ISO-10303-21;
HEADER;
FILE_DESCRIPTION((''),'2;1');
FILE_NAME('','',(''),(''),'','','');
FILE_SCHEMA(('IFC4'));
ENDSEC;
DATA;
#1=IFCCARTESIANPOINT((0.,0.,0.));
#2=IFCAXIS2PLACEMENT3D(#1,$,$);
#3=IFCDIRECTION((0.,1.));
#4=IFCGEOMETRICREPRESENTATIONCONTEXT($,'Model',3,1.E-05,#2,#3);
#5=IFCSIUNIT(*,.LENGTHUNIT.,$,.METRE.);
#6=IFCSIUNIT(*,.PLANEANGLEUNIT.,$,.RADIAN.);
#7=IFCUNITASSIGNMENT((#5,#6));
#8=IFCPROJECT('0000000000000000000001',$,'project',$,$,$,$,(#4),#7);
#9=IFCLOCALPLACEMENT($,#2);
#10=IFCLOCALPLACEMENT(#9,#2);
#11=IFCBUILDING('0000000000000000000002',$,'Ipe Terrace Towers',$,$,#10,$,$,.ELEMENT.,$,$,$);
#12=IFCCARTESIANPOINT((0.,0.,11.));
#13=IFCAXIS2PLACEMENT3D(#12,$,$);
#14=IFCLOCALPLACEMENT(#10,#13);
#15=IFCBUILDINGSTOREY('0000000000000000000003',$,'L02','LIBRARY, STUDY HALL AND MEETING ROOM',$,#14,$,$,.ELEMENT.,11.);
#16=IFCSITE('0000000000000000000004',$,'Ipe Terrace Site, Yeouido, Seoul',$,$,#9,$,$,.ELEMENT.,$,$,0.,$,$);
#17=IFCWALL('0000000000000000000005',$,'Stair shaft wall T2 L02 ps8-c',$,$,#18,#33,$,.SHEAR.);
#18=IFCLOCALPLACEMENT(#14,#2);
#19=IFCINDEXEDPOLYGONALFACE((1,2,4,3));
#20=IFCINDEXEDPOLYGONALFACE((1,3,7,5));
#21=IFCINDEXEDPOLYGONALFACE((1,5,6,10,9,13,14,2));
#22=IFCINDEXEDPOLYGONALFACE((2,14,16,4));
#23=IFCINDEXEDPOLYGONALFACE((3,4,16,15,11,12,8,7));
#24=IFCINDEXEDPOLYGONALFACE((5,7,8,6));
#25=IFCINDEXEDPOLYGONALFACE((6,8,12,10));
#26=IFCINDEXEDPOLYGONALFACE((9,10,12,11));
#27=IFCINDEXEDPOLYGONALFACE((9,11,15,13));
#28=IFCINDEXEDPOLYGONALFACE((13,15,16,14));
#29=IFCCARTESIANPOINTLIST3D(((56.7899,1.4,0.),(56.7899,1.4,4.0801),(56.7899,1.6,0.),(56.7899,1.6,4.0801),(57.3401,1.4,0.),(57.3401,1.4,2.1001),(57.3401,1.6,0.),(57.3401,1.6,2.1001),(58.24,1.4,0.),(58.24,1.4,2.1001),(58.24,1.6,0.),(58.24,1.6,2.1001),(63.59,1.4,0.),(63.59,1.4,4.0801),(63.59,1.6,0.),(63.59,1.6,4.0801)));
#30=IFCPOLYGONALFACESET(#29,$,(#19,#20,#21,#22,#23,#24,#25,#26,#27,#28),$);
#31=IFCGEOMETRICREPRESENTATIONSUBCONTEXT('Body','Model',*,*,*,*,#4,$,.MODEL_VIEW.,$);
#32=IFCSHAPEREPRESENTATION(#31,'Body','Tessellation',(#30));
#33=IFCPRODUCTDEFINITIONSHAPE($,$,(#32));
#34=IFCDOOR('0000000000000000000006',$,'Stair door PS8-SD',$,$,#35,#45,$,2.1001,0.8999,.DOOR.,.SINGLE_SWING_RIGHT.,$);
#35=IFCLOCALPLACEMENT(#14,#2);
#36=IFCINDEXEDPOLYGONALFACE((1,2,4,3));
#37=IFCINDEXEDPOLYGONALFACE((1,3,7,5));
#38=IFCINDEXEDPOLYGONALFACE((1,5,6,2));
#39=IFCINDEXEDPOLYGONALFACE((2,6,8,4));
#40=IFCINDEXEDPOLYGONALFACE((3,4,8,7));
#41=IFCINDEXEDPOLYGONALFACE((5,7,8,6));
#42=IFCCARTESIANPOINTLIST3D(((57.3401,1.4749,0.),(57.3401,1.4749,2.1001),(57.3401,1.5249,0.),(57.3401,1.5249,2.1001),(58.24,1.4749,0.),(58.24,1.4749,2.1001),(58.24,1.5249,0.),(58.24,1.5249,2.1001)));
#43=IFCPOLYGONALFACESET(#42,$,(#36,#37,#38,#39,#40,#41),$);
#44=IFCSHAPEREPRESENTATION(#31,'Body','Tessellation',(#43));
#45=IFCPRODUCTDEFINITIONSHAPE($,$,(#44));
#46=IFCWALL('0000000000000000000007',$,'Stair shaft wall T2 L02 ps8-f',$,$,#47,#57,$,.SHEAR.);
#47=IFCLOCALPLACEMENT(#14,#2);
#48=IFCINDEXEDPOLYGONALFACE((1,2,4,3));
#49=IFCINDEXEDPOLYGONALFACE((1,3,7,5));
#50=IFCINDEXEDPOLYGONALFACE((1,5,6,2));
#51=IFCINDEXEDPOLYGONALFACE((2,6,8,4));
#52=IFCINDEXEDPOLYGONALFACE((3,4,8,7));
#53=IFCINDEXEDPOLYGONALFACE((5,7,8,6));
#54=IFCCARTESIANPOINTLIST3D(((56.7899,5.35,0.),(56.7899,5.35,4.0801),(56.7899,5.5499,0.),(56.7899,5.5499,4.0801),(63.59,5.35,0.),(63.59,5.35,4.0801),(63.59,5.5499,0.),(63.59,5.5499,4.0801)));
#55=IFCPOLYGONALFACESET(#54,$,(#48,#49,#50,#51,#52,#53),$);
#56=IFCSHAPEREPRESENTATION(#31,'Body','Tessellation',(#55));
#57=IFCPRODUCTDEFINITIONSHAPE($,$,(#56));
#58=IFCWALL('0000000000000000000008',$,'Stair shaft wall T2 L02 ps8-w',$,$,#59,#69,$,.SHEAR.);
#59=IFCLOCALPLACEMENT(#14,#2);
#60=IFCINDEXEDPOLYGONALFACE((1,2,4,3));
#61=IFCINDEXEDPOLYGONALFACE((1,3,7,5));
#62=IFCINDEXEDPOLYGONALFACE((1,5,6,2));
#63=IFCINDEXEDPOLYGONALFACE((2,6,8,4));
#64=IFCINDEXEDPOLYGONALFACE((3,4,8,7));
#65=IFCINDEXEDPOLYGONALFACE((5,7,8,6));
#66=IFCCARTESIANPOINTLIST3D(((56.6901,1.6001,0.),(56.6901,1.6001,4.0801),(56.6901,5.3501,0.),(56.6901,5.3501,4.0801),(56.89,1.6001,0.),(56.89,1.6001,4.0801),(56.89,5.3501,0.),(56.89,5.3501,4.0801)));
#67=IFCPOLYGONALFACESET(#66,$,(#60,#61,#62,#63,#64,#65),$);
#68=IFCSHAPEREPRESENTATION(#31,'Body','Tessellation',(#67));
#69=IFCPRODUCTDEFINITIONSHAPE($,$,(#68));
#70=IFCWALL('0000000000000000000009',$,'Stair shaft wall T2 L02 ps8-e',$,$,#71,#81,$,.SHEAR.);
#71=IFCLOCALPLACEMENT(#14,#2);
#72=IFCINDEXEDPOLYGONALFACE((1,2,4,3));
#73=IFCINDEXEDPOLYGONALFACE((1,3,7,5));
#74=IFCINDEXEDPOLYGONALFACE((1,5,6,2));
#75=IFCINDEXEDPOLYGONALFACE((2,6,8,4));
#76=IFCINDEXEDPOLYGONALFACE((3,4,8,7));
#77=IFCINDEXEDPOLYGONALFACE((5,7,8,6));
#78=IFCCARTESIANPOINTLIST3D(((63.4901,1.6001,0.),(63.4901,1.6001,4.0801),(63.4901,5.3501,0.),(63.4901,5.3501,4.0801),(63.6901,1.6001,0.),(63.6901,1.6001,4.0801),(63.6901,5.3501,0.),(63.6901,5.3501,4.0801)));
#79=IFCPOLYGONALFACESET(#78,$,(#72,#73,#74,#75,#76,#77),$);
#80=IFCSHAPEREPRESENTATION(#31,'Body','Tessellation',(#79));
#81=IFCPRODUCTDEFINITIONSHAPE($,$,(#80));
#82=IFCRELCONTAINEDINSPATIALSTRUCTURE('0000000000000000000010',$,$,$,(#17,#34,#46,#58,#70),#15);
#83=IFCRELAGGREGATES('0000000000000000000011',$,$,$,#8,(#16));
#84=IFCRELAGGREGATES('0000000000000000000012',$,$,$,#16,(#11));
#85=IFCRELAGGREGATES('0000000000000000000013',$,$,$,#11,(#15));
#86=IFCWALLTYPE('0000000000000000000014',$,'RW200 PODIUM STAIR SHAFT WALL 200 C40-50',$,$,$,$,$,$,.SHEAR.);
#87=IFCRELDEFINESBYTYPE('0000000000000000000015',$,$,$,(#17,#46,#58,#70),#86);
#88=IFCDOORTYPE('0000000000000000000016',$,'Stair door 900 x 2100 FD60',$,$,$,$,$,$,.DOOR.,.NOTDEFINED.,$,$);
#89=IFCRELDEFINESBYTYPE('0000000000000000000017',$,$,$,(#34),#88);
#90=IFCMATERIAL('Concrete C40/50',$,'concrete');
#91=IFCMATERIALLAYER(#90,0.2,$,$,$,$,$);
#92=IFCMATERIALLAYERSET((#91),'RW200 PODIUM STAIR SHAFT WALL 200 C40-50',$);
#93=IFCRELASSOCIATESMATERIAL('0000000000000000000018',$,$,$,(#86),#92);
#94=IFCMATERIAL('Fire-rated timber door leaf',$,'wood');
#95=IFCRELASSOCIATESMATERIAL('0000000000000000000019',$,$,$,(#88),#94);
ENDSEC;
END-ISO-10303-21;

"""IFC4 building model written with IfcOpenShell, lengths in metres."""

from ifc_helpers import new_model, si_unit, direction, frame, frame_2d, origin, place, context, subcontext, project, spatial, rectangle, extrude, material, layer, layer_set, type_object, element, fill, save


model = new_model("IFC4")

# Units and contexts
model_context = context("Model", 3, precision=1e-05, world=origin(), true_north=direction((0.0, 1.0)))
body_context = subcontext(model_context, "Body", "Model", "MODEL_VIEW")
ifc_project = project(units=[si_unit("LENGTHUNIT", "METRE"), si_unit("PLANEANGLEUNIT", "RADIAN")], contexts=[model_context])

# Site, building, storey
site_placement = place(None, origin())
site = spatial("IfcSite", under=ifc_project, at=site_placement, Name="Ipe Terrace Site, Yeouido, Seoul", CompositionType="ELEMENT", RefElevation=0.0)
building_placement = place(site_placement, origin())
building = spatial("IfcBuilding", under=site, at=building_placement, Name="Ipe Terrace Towers", CompositionType="ELEMENT")
storey_placement = place(building_placement, frame((0.0, 0.0, 11.0)))
storey = spatial("IfcBuildingStorey", under=building, at=storey_placement, Name="L02", Description="LIBRARY, STUDY HALL AND MEETING ROOM", CompositionType="ELEMENT", Elevation=11.0)

# Wall, opening, door
ifc_material_1 = material(Name="Concrete C40/50", Category="concrete")
ifc_layer_1 = layer(ifc_material_1, 0.2)
ifc_layer_set_1 = layer_set([ifc_layer_1], Name="RW200 PODIUM STAIR SHAFT WALL 200 C40-50")
wall_type_1 = type_object("IfcWallType", Name="RW200 PODIUM STAIR SHAFT WALL 200 C40-50", PredefinedType="SHEAR", material=ifc_layer_set_1)
wall_1_placement = place(storey_placement, frame((56.79, 1.5, 0.0), z_axis=(0.0, 0.0, 1.0), x_axis=(1.0, 0.0, 0.0)))
wall_1 = element("IfcWall", 1, at=wall_1_placement, inside=storey, type_object=wall_type_1, Name="Stair shaft wall T2 L02 ps8-c", PredefinedType="SHEAR", context=body_context, shape_type="SweptSolid", body=[
    extrude(rectangle(XDim=6.8, YDim=0.2, at=frame_2d((3.3999, 0.0))), origin(), (0.0, 0.0, 1.0), 4.0801),
])
opening_1_placement = place(wall_1_placement, frame((0.55, 0.0, 0.0)))
opening_1 = element("IfcOpeningElement", 2, at=opening_1_placement, cuts=wall_1, PredefinedType="OPENING", context=body_context, shape_type="SweptSolid", body=[
    extrude(rectangle(XDim=0.8999, YDim=2.1001, at=frame_2d((0.45, 1.05))), frame((0.0, 0.1099, 0.0), z_axis=(0.0, -1.0, 0.0), x_axis=(1.0, 0.0, 0.0)), (0.0, 0.0, 1.0), 0.22),
])
ifc_material_2 = material(Name="Fire-rated timber door leaf", Category="wood")
door_type_1 = type_object("IfcDoorType", Name="Stair door 900 x 2100 FD60", OperationType="NOTDEFINED", PredefinedType="DOOR", material=ifc_material_2)
door_1_placement = place(opening_1_placement, origin())
door_1 = element("IfcDoor", 3, at=door_1_placement, inside=storey, type_object=door_type_1, Name="Stair door PS8-SD", OperationType="SINGLE_SWING_RIGHT", OverallHeight=2.1001, OverallWidth=0.8999, PredefinedType="DOOR", context=body_context, shape_type="SweptSolid", body=[
    extrude(rectangle(XDim=0.8999, YDim=2.1001, at=frame_2d((0.45, 1.05))), frame((0.0, 0.0249, 0.0), z_axis=(0.0, -1.0, 0.0), x_axis=(1.0, 0.0, 0.0)), (0.0, 0.0, 1.0), 0.05),
])
fill(opening_1, door_1)

# Walls
wall_2_placement = place(storey_placement, frame((56.79, 5.45, 0.0), z_axis=(0.0, 0.0, 1.0), x_axis=(1.0, 0.0, 0.0)))
element("IfcWall", 4, at=wall_2_placement, inside=storey, type_object=wall_type_1, Name="Stair shaft wall T2 L02 ps8-f", PredefinedType="SHEAR", context=body_context, shape_type="SweptSolid", body=[
    extrude(rectangle(XDim=6.8, YDim=0.2, at=frame_2d((3.3999, 0.0))), origin(), (0.0, 0.0, 1.0), 4.0801),
])
for number, where, z_axis, x_axis, name in (
    (5, (56.79, 1.6001, 0.0), (0.0, 0.0, 1.0), (0.0, 1.0, 0.0), "Stair shaft wall T2 L02 ps8-w"),
    (6, (63.5901, 1.6001, 0.0), (0.0, 0.0, 1.0), (0.0, 1.0, 0.0), "Stair shaft wall T2 L02 ps8-e"),
):
    element("IfcWall", number, at=place(storey_placement, frame(where, z_axis=z_axis, x_axis=x_axis)), inside=storey, type_object=wall_type_1, Name=name, PredefinedType="SHEAR", context=body_context, shape_type="SweptSolid", body=[
        extrude(rectangle(XDim=3.75, YDim=0.2, at=frame_2d((1.875, 0.0))), origin(), (0.0, 0.0, 1.0), 4.0801),
    ])

save(model, "model.ifc")
